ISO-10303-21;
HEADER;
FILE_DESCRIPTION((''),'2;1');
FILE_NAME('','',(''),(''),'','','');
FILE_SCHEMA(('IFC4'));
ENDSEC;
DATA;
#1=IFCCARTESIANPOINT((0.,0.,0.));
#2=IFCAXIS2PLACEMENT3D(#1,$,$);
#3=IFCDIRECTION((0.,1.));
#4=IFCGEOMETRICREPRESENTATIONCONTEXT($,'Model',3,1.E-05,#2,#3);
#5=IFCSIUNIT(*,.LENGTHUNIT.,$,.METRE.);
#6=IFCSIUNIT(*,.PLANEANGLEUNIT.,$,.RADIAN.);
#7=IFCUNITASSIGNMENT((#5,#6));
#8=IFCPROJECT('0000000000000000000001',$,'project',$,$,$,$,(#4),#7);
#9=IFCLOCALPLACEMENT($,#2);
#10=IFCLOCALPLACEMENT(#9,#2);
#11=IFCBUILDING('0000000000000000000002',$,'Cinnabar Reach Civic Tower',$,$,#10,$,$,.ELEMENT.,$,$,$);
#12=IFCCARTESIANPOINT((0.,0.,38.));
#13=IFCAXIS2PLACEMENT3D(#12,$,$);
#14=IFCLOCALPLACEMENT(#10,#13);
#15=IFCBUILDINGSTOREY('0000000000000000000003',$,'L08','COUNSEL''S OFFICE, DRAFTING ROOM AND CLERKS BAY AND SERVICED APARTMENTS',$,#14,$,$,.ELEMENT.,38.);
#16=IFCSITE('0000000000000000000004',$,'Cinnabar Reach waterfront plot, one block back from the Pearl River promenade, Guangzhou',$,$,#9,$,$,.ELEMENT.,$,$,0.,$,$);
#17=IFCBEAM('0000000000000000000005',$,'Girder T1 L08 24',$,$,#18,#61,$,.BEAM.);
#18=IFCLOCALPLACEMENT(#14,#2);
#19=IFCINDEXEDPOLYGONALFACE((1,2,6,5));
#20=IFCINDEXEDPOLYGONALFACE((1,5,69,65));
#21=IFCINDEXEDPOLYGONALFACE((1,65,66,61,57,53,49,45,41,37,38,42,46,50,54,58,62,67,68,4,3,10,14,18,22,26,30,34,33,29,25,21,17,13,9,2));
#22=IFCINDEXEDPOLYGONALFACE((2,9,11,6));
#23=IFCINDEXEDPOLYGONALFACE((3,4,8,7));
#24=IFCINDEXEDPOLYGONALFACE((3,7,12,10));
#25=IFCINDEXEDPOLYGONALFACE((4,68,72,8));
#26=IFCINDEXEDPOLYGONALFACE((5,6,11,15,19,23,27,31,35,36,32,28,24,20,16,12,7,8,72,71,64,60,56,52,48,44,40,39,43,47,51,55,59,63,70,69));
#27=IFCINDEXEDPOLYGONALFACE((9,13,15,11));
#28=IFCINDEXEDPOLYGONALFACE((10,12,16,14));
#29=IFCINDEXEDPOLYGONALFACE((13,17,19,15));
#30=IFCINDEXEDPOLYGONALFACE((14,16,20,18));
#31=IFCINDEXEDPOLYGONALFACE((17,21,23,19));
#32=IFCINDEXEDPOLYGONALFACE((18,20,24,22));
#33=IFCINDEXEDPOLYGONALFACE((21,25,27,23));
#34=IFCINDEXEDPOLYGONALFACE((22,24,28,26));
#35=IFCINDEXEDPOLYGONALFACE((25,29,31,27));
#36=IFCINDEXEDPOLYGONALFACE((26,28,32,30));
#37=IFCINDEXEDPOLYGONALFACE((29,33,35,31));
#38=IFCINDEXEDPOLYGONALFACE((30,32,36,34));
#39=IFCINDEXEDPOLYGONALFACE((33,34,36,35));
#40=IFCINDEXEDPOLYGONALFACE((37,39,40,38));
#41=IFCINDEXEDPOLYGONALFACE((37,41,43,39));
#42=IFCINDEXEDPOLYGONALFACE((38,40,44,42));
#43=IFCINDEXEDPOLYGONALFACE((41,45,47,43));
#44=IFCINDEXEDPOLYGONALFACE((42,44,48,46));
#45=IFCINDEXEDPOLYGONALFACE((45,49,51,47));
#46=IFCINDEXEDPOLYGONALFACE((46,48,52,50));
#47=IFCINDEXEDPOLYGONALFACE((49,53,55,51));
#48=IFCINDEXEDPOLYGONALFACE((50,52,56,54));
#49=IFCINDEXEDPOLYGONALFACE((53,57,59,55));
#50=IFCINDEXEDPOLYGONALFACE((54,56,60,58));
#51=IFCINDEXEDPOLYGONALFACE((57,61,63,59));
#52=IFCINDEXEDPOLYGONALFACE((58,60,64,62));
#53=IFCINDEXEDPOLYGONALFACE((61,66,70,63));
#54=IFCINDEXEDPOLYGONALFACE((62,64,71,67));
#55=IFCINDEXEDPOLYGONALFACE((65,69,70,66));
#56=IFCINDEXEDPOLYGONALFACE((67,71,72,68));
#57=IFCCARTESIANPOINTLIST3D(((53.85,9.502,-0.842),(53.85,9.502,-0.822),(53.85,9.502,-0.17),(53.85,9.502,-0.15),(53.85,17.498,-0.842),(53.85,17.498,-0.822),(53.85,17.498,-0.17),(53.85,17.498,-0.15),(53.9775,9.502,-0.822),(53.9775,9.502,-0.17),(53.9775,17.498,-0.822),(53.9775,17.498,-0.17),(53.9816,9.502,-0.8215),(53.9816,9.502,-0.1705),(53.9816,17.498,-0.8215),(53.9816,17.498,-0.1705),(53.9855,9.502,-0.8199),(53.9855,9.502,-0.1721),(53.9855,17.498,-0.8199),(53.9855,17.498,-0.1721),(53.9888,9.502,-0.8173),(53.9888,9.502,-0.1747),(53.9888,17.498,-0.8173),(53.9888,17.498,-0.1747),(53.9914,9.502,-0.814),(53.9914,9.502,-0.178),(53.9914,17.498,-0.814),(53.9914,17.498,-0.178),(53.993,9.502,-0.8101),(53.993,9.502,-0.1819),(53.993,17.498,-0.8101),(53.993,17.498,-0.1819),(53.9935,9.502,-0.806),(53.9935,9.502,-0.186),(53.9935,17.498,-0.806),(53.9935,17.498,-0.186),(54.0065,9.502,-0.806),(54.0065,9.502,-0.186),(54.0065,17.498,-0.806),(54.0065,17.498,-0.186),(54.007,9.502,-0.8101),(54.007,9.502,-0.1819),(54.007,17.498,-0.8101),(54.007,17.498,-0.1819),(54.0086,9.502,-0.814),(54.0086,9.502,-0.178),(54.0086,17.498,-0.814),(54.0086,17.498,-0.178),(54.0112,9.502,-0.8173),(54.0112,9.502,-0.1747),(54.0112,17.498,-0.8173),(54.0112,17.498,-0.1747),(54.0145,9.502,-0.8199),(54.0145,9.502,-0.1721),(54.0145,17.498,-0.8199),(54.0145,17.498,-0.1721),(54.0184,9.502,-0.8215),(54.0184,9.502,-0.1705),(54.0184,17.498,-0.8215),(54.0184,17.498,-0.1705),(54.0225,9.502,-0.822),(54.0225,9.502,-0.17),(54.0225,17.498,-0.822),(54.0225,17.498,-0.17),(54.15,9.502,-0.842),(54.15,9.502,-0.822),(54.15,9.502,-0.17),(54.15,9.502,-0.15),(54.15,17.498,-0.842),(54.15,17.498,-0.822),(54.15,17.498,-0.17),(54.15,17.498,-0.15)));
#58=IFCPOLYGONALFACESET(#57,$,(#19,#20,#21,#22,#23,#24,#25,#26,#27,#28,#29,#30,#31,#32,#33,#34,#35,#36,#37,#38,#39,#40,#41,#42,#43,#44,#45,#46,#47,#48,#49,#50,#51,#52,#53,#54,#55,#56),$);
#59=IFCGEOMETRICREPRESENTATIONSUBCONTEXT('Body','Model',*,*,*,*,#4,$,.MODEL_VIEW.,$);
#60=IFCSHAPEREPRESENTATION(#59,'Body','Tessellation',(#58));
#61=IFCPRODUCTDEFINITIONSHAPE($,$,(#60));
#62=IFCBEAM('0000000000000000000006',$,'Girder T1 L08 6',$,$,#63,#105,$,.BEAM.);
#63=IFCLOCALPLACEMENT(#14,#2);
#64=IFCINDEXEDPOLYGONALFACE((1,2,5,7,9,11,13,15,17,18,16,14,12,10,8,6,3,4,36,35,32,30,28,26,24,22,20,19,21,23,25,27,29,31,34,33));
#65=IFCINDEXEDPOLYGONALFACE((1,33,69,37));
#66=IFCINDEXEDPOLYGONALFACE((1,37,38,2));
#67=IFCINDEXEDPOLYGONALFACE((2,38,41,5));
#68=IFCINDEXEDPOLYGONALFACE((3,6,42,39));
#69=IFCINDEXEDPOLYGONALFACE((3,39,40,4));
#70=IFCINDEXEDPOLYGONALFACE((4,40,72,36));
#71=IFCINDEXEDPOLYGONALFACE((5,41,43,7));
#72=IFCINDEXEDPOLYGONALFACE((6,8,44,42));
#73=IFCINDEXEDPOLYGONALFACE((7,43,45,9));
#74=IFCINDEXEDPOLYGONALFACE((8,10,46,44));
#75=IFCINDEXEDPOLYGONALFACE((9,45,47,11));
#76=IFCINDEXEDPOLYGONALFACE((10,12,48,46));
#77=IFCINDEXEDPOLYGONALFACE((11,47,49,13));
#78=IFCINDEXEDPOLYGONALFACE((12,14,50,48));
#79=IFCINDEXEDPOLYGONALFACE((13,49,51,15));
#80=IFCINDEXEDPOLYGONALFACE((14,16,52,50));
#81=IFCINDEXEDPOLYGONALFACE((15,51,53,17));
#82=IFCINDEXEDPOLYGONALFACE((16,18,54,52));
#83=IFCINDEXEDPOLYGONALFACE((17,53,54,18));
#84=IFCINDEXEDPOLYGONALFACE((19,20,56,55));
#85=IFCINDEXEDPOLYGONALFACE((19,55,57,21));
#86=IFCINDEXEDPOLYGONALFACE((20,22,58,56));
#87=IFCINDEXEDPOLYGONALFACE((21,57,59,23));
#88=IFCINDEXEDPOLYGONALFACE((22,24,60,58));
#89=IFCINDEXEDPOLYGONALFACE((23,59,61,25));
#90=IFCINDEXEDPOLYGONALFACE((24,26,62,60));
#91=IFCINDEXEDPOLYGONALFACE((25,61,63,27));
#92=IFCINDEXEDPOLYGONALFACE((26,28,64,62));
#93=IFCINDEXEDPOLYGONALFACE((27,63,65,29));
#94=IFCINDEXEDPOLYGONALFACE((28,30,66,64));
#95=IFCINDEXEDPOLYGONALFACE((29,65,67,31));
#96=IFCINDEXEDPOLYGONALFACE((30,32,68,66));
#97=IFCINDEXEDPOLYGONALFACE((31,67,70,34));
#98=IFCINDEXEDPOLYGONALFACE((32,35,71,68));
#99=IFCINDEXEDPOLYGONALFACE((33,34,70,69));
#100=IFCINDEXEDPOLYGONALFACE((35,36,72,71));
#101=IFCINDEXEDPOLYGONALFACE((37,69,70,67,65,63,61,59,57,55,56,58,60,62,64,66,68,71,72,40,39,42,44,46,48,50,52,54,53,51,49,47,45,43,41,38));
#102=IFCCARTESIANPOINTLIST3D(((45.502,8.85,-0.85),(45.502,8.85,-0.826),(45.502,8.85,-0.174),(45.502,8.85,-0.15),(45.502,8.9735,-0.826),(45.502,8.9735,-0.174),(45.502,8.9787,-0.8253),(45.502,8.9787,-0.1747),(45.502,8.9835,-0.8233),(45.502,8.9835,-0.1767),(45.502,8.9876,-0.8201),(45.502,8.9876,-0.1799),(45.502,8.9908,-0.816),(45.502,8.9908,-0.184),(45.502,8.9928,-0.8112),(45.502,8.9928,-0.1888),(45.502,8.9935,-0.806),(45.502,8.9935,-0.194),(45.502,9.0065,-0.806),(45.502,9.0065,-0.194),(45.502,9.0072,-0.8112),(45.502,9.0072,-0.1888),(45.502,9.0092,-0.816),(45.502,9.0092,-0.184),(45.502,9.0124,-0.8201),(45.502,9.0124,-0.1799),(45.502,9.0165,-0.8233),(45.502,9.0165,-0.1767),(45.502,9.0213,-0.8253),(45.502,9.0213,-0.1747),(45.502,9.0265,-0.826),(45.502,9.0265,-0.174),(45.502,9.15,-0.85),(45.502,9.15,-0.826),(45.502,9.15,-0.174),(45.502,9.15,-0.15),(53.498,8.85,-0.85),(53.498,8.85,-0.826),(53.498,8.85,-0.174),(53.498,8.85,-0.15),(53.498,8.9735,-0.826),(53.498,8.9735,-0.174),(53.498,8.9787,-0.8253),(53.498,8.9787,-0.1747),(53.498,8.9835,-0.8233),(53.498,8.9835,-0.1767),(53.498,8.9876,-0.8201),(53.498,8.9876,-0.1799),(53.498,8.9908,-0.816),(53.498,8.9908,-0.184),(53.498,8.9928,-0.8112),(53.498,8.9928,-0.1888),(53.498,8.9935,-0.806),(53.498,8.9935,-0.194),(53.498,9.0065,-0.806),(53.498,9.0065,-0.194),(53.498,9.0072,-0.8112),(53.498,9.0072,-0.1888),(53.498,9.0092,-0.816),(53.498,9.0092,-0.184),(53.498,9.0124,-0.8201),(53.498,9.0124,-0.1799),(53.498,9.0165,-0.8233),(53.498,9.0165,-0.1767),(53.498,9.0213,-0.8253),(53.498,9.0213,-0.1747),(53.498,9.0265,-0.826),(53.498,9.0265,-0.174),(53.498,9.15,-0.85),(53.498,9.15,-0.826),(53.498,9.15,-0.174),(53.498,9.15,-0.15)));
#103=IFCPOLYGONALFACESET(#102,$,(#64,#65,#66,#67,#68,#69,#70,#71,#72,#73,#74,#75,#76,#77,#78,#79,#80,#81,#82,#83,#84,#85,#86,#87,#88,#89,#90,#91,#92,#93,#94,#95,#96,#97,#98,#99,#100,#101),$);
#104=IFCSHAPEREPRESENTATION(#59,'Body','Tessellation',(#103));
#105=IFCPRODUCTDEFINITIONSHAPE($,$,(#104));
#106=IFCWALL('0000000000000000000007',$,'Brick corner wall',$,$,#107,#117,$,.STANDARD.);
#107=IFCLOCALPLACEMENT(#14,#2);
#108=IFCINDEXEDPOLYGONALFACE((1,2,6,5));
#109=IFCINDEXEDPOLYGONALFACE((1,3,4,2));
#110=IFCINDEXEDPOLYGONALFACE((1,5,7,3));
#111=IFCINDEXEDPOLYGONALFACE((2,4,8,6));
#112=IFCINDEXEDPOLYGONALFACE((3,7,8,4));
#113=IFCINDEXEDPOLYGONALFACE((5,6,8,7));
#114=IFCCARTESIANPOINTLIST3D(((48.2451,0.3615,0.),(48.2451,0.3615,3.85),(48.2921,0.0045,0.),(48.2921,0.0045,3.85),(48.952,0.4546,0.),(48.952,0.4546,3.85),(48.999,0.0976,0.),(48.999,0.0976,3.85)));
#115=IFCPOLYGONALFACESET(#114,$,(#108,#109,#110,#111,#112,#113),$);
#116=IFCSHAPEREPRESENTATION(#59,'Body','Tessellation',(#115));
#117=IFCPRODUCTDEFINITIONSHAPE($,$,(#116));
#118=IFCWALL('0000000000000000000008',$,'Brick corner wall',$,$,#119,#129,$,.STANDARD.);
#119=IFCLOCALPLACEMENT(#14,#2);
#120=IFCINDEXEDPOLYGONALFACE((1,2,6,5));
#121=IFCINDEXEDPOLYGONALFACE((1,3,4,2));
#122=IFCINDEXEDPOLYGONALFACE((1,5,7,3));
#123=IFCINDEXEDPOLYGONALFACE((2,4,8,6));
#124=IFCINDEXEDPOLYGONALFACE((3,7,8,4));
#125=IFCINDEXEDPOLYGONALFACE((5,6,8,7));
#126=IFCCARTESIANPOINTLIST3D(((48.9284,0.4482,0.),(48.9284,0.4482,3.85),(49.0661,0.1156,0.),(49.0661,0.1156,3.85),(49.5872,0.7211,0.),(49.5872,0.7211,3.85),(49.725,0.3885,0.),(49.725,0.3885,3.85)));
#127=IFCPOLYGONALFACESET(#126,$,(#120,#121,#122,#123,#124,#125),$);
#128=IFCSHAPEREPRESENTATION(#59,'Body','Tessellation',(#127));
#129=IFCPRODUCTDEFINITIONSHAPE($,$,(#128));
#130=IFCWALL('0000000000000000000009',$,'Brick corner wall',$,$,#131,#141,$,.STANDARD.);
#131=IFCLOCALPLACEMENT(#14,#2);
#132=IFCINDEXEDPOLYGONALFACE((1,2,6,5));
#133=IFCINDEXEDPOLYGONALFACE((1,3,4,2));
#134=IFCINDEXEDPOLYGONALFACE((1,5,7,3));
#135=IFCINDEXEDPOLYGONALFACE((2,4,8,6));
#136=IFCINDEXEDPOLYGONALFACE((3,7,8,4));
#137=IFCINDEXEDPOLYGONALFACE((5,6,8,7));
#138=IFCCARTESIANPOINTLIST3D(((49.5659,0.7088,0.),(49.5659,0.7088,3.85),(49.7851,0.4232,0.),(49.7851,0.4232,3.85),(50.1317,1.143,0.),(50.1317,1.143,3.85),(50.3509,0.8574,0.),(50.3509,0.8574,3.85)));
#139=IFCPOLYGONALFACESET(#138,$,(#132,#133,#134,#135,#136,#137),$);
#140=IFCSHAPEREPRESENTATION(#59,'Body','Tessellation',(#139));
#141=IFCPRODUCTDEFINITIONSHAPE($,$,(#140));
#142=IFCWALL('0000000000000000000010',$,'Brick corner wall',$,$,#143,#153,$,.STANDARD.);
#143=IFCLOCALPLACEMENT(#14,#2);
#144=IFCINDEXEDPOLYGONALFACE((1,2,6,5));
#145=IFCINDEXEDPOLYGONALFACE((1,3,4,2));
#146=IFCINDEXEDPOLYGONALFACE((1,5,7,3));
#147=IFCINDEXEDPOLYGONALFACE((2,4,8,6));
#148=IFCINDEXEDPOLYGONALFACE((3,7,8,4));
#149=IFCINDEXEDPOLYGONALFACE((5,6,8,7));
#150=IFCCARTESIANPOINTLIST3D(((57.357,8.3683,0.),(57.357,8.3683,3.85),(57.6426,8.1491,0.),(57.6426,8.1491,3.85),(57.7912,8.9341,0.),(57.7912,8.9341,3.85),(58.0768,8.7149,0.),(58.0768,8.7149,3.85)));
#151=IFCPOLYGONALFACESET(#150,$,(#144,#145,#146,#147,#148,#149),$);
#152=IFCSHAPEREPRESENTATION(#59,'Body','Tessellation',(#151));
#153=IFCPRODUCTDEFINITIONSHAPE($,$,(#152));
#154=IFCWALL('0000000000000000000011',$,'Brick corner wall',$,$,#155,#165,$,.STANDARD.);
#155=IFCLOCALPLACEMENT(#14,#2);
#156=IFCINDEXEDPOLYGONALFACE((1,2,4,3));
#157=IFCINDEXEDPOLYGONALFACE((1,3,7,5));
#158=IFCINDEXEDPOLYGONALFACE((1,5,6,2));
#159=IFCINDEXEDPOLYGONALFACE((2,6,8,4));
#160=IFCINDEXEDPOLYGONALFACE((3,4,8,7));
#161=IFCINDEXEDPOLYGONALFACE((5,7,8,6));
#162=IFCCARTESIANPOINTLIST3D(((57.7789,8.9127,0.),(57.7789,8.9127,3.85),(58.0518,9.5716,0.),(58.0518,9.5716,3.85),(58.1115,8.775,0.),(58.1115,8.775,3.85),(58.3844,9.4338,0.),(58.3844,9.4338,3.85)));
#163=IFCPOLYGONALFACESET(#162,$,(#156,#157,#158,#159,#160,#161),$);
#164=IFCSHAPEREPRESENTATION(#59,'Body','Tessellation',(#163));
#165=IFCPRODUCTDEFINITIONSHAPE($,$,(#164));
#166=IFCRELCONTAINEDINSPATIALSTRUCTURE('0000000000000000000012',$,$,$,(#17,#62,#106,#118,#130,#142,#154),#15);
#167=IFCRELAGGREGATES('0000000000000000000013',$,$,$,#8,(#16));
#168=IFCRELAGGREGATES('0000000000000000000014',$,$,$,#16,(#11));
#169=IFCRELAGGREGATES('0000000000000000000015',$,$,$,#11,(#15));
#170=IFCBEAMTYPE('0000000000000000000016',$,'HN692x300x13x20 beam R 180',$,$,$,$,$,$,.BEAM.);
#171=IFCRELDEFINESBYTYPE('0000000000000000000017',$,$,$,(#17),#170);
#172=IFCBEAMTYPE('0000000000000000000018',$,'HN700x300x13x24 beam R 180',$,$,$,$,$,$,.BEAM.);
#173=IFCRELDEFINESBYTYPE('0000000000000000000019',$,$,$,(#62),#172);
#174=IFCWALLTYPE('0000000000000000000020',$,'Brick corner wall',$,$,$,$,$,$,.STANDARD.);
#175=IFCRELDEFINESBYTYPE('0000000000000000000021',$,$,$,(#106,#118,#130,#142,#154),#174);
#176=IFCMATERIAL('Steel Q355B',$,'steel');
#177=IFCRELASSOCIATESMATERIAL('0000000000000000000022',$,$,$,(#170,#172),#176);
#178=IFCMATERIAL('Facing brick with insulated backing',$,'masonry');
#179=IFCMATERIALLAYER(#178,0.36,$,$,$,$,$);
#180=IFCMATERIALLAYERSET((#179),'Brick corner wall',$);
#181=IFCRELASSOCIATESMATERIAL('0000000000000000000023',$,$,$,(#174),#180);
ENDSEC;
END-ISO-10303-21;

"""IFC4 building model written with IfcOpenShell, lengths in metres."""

from ifc_helpers import new_model, si_unit, direction, frame, frame_2d, origin, origin_2d, place, context, subcontext, project, spatial, rectangle, i_section, extrude, material, layer, layer_set, material_profile, profile_set, type_object, element, save


model = new_model("IFC4")

# Units and contexts
model_context = context("Model", 3, precision=1e-05, world=origin(), true_north=direction((0.0, 1.0)))
body_context = subcontext(model_context, "Body", "Model", "MODEL_VIEW")
ifc_project = project(units=[si_unit("LENGTHUNIT", "METRE"), si_unit("PLANEANGLEUNIT", "RADIAN")], contexts=[model_context])

# Site, building, storey
site_placement = place(None, origin())
site = spatial("IfcSite", under=ifc_project, at=site_placement, Name="Cinnabar Reach waterfront plot, one block back from the Pearl River promenade, Guangzhou", CompositionType="ELEMENT", RefElevation=0.0)
building_placement = place(site_placement, origin())
building = spatial("IfcBuilding", under=site, at=building_placement, Name="Cinnabar Reach Civic Tower", CompositionType="ELEMENT")
storey_placement = place(building_placement, frame((0.0, 0.0, 38.0)))
storey = spatial("IfcBuildingStorey", under=building, at=storey_placement, Name="L08", Description="COUNSEL'S OFFICE, DRAFTING ROOM AND CLERKS BAY AND SERVICED APARTMENTS", CompositionType="ELEMENT", Elevation=38.0)

# Beams
ifc_material_1 = material(Name="Steel Q355B", Category="steel")
ifc_material_profile_1 = material_profile(ifc_material_1, i_section(OverallWidth=0.3, OverallDepth=0.692, WebThickness=0.013, FlangeThickness=0.02, FilletRadius=0.016, at=origin_2d()), Name="HN692x300x13x20")
ifc_profile_set_1 = profile_set([ifc_material_profile_1], Name="Steel Q355B")
beam_type_1 = type_object("IfcBeamType", Name="HN692x300x13x20 beam R 180", PredefinedType="BEAM", material=ifc_profile_set_1)
for number, where, z_axis, x_axis, name in (
    (1, (54.0, 9.502, -0.496), (0.0, 1.0, 0.0), (-1.0, 0.0, 0.0), "Girder T1 L08 24"),
):
    element("IfcBeam", number, at=place(storey_placement, frame(where, z_axis=z_axis, x_axis=x_axis)), inside=storey, type_object=beam_type_1, Name=name, PredefinedType="BEAM", context=body_context, shape_type="SweptSolid", body=[
        extrude(i_section(OverallWidth=0.3, OverallDepth=0.692, WebThickness=0.013, FlangeThickness=0.02, FilletRadius=0.016, at=origin_2d()), origin(), (0.0, 0.0, 1.0), 7.996),
    ])
ifc_material_profile_2 = material_profile(ifc_material_1, i_section(OverallWidth=0.3, OverallDepth=0.7, WebThickness=0.013, FlangeThickness=0.024, FilletRadius=0.02, at=origin_2d()), Name="HN700x300x13x24")
ifc_profile_set_2 = profile_set([ifc_material_profile_2], Name="Steel Q355B")
beam_type_2 = type_object("IfcBeamType", Name="HN700x300x13x24 beam R 180", PredefinedType="BEAM", material=ifc_profile_set_2)
beam_1_placement = place(storey_placement, frame((45.502, 9.0, -0.5), z_axis=(1.0, 0.0, 0.0), x_axis=(0.0, 1.0, 0.0)))
element("IfcBeam", 2, at=beam_1_placement, inside=storey, type_object=beam_type_2, Name="Girder T1 L08 6", PredefinedType="BEAM", context=body_context, shape_type="SweptSolid", body=[
    extrude(i_section(OverallWidth=0.3, OverallDepth=0.7, WebThickness=0.013, FlangeThickness=0.024, FilletRadius=0.02, at=origin_2d()), origin(), (0.0, 0.0, 1.0), 7.996),
])

# Walls
ifc_material_2 = material(Name="Facing brick with insulated backing", Category="masonry")
ifc_layer_1 = layer(ifc_material_2, 0.36)
ifc_layer_set_1 = layer_set([ifc_layer_1], Name="Brick corner wall")
wall_type_1 = type_object("IfcWallType", Name="Brick corner wall", PredefinedType="STANDARD", material=ifc_layer_set_1)
for number, where, z_axis, x_axis, name in (
    (3, (48.2686, 0.183, 0.0), (0.0, 0.0, 1.0), (0.991441, 0.130556, 0.0), "Brick corner wall"),
    (4, (48.9973, 0.2819, 0.0), (0.0, 0.0, 1.0), (0.923872, 0.382703, 0.0), "Brick corner wall"),
):
    element("IfcWall", number, at=place(storey_placement, frame(where, z_axis=z_axis, x_axis=x_axis)), inside=storey, type_object=wall_type_1, Name=name, PredefinedType="STANDARD", context=body_context, shape_type="SweptSolid", body=[
        extrude(rectangle(XDim=0.7131, YDim=0.36, at=frame_2d((0.3565, 0.0))), origin(), (0.0, 0.0, 1.0), 3.85),
    ])
for number, where, z_axis, x_axis, name in (
    (5, (49.6755, 0.566, 0.0), (0.0, 0.0, 1.0), (0.793322, 0.608802, 0.0), "Brick corner wall"),
    (6, (57.4998, 8.2587, 0.0), (0.0, 0.0, 1.0), (0.608802, 0.793322, 0.0), "Brick corner wall"),
):
    element("IfcWall", number, at=place(storey_placement, frame(where, z_axis=z_axis, x_axis=x_axis)), inside=storey, type_object=wall_type_1, Name=name, PredefinedType="STANDARD", context=body_context, shape_type="SweptSolid", body=[
        extrude(rectangle(XDim=0.7132, YDim=0.36, at=frame_2d((0.3566, 0.0))), origin(), (0.0, 0.0, 1.0), 3.85),
    ])
wall_1_placement = place(storey_placement, frame((57.9452, 8.8439, 0.0), z_axis=(0.0, 0.0, 1.0), x_axis=(0.382703, 0.923872, 0.0)))
element("IfcWall", 7, at=wall_1_placement, inside=storey, type_object=wall_type_1, Name="Brick corner wall", PredefinedType="STANDARD", context=body_context, shape_type="SweptSolid", body=[
    extrude(rectangle(XDim=0.7131, YDim=0.36, at=frame_2d((0.3565, 0.0))), origin(), (0.0, 0.0, 1.0), 3.85),
])

save(model, "model.ifc")
